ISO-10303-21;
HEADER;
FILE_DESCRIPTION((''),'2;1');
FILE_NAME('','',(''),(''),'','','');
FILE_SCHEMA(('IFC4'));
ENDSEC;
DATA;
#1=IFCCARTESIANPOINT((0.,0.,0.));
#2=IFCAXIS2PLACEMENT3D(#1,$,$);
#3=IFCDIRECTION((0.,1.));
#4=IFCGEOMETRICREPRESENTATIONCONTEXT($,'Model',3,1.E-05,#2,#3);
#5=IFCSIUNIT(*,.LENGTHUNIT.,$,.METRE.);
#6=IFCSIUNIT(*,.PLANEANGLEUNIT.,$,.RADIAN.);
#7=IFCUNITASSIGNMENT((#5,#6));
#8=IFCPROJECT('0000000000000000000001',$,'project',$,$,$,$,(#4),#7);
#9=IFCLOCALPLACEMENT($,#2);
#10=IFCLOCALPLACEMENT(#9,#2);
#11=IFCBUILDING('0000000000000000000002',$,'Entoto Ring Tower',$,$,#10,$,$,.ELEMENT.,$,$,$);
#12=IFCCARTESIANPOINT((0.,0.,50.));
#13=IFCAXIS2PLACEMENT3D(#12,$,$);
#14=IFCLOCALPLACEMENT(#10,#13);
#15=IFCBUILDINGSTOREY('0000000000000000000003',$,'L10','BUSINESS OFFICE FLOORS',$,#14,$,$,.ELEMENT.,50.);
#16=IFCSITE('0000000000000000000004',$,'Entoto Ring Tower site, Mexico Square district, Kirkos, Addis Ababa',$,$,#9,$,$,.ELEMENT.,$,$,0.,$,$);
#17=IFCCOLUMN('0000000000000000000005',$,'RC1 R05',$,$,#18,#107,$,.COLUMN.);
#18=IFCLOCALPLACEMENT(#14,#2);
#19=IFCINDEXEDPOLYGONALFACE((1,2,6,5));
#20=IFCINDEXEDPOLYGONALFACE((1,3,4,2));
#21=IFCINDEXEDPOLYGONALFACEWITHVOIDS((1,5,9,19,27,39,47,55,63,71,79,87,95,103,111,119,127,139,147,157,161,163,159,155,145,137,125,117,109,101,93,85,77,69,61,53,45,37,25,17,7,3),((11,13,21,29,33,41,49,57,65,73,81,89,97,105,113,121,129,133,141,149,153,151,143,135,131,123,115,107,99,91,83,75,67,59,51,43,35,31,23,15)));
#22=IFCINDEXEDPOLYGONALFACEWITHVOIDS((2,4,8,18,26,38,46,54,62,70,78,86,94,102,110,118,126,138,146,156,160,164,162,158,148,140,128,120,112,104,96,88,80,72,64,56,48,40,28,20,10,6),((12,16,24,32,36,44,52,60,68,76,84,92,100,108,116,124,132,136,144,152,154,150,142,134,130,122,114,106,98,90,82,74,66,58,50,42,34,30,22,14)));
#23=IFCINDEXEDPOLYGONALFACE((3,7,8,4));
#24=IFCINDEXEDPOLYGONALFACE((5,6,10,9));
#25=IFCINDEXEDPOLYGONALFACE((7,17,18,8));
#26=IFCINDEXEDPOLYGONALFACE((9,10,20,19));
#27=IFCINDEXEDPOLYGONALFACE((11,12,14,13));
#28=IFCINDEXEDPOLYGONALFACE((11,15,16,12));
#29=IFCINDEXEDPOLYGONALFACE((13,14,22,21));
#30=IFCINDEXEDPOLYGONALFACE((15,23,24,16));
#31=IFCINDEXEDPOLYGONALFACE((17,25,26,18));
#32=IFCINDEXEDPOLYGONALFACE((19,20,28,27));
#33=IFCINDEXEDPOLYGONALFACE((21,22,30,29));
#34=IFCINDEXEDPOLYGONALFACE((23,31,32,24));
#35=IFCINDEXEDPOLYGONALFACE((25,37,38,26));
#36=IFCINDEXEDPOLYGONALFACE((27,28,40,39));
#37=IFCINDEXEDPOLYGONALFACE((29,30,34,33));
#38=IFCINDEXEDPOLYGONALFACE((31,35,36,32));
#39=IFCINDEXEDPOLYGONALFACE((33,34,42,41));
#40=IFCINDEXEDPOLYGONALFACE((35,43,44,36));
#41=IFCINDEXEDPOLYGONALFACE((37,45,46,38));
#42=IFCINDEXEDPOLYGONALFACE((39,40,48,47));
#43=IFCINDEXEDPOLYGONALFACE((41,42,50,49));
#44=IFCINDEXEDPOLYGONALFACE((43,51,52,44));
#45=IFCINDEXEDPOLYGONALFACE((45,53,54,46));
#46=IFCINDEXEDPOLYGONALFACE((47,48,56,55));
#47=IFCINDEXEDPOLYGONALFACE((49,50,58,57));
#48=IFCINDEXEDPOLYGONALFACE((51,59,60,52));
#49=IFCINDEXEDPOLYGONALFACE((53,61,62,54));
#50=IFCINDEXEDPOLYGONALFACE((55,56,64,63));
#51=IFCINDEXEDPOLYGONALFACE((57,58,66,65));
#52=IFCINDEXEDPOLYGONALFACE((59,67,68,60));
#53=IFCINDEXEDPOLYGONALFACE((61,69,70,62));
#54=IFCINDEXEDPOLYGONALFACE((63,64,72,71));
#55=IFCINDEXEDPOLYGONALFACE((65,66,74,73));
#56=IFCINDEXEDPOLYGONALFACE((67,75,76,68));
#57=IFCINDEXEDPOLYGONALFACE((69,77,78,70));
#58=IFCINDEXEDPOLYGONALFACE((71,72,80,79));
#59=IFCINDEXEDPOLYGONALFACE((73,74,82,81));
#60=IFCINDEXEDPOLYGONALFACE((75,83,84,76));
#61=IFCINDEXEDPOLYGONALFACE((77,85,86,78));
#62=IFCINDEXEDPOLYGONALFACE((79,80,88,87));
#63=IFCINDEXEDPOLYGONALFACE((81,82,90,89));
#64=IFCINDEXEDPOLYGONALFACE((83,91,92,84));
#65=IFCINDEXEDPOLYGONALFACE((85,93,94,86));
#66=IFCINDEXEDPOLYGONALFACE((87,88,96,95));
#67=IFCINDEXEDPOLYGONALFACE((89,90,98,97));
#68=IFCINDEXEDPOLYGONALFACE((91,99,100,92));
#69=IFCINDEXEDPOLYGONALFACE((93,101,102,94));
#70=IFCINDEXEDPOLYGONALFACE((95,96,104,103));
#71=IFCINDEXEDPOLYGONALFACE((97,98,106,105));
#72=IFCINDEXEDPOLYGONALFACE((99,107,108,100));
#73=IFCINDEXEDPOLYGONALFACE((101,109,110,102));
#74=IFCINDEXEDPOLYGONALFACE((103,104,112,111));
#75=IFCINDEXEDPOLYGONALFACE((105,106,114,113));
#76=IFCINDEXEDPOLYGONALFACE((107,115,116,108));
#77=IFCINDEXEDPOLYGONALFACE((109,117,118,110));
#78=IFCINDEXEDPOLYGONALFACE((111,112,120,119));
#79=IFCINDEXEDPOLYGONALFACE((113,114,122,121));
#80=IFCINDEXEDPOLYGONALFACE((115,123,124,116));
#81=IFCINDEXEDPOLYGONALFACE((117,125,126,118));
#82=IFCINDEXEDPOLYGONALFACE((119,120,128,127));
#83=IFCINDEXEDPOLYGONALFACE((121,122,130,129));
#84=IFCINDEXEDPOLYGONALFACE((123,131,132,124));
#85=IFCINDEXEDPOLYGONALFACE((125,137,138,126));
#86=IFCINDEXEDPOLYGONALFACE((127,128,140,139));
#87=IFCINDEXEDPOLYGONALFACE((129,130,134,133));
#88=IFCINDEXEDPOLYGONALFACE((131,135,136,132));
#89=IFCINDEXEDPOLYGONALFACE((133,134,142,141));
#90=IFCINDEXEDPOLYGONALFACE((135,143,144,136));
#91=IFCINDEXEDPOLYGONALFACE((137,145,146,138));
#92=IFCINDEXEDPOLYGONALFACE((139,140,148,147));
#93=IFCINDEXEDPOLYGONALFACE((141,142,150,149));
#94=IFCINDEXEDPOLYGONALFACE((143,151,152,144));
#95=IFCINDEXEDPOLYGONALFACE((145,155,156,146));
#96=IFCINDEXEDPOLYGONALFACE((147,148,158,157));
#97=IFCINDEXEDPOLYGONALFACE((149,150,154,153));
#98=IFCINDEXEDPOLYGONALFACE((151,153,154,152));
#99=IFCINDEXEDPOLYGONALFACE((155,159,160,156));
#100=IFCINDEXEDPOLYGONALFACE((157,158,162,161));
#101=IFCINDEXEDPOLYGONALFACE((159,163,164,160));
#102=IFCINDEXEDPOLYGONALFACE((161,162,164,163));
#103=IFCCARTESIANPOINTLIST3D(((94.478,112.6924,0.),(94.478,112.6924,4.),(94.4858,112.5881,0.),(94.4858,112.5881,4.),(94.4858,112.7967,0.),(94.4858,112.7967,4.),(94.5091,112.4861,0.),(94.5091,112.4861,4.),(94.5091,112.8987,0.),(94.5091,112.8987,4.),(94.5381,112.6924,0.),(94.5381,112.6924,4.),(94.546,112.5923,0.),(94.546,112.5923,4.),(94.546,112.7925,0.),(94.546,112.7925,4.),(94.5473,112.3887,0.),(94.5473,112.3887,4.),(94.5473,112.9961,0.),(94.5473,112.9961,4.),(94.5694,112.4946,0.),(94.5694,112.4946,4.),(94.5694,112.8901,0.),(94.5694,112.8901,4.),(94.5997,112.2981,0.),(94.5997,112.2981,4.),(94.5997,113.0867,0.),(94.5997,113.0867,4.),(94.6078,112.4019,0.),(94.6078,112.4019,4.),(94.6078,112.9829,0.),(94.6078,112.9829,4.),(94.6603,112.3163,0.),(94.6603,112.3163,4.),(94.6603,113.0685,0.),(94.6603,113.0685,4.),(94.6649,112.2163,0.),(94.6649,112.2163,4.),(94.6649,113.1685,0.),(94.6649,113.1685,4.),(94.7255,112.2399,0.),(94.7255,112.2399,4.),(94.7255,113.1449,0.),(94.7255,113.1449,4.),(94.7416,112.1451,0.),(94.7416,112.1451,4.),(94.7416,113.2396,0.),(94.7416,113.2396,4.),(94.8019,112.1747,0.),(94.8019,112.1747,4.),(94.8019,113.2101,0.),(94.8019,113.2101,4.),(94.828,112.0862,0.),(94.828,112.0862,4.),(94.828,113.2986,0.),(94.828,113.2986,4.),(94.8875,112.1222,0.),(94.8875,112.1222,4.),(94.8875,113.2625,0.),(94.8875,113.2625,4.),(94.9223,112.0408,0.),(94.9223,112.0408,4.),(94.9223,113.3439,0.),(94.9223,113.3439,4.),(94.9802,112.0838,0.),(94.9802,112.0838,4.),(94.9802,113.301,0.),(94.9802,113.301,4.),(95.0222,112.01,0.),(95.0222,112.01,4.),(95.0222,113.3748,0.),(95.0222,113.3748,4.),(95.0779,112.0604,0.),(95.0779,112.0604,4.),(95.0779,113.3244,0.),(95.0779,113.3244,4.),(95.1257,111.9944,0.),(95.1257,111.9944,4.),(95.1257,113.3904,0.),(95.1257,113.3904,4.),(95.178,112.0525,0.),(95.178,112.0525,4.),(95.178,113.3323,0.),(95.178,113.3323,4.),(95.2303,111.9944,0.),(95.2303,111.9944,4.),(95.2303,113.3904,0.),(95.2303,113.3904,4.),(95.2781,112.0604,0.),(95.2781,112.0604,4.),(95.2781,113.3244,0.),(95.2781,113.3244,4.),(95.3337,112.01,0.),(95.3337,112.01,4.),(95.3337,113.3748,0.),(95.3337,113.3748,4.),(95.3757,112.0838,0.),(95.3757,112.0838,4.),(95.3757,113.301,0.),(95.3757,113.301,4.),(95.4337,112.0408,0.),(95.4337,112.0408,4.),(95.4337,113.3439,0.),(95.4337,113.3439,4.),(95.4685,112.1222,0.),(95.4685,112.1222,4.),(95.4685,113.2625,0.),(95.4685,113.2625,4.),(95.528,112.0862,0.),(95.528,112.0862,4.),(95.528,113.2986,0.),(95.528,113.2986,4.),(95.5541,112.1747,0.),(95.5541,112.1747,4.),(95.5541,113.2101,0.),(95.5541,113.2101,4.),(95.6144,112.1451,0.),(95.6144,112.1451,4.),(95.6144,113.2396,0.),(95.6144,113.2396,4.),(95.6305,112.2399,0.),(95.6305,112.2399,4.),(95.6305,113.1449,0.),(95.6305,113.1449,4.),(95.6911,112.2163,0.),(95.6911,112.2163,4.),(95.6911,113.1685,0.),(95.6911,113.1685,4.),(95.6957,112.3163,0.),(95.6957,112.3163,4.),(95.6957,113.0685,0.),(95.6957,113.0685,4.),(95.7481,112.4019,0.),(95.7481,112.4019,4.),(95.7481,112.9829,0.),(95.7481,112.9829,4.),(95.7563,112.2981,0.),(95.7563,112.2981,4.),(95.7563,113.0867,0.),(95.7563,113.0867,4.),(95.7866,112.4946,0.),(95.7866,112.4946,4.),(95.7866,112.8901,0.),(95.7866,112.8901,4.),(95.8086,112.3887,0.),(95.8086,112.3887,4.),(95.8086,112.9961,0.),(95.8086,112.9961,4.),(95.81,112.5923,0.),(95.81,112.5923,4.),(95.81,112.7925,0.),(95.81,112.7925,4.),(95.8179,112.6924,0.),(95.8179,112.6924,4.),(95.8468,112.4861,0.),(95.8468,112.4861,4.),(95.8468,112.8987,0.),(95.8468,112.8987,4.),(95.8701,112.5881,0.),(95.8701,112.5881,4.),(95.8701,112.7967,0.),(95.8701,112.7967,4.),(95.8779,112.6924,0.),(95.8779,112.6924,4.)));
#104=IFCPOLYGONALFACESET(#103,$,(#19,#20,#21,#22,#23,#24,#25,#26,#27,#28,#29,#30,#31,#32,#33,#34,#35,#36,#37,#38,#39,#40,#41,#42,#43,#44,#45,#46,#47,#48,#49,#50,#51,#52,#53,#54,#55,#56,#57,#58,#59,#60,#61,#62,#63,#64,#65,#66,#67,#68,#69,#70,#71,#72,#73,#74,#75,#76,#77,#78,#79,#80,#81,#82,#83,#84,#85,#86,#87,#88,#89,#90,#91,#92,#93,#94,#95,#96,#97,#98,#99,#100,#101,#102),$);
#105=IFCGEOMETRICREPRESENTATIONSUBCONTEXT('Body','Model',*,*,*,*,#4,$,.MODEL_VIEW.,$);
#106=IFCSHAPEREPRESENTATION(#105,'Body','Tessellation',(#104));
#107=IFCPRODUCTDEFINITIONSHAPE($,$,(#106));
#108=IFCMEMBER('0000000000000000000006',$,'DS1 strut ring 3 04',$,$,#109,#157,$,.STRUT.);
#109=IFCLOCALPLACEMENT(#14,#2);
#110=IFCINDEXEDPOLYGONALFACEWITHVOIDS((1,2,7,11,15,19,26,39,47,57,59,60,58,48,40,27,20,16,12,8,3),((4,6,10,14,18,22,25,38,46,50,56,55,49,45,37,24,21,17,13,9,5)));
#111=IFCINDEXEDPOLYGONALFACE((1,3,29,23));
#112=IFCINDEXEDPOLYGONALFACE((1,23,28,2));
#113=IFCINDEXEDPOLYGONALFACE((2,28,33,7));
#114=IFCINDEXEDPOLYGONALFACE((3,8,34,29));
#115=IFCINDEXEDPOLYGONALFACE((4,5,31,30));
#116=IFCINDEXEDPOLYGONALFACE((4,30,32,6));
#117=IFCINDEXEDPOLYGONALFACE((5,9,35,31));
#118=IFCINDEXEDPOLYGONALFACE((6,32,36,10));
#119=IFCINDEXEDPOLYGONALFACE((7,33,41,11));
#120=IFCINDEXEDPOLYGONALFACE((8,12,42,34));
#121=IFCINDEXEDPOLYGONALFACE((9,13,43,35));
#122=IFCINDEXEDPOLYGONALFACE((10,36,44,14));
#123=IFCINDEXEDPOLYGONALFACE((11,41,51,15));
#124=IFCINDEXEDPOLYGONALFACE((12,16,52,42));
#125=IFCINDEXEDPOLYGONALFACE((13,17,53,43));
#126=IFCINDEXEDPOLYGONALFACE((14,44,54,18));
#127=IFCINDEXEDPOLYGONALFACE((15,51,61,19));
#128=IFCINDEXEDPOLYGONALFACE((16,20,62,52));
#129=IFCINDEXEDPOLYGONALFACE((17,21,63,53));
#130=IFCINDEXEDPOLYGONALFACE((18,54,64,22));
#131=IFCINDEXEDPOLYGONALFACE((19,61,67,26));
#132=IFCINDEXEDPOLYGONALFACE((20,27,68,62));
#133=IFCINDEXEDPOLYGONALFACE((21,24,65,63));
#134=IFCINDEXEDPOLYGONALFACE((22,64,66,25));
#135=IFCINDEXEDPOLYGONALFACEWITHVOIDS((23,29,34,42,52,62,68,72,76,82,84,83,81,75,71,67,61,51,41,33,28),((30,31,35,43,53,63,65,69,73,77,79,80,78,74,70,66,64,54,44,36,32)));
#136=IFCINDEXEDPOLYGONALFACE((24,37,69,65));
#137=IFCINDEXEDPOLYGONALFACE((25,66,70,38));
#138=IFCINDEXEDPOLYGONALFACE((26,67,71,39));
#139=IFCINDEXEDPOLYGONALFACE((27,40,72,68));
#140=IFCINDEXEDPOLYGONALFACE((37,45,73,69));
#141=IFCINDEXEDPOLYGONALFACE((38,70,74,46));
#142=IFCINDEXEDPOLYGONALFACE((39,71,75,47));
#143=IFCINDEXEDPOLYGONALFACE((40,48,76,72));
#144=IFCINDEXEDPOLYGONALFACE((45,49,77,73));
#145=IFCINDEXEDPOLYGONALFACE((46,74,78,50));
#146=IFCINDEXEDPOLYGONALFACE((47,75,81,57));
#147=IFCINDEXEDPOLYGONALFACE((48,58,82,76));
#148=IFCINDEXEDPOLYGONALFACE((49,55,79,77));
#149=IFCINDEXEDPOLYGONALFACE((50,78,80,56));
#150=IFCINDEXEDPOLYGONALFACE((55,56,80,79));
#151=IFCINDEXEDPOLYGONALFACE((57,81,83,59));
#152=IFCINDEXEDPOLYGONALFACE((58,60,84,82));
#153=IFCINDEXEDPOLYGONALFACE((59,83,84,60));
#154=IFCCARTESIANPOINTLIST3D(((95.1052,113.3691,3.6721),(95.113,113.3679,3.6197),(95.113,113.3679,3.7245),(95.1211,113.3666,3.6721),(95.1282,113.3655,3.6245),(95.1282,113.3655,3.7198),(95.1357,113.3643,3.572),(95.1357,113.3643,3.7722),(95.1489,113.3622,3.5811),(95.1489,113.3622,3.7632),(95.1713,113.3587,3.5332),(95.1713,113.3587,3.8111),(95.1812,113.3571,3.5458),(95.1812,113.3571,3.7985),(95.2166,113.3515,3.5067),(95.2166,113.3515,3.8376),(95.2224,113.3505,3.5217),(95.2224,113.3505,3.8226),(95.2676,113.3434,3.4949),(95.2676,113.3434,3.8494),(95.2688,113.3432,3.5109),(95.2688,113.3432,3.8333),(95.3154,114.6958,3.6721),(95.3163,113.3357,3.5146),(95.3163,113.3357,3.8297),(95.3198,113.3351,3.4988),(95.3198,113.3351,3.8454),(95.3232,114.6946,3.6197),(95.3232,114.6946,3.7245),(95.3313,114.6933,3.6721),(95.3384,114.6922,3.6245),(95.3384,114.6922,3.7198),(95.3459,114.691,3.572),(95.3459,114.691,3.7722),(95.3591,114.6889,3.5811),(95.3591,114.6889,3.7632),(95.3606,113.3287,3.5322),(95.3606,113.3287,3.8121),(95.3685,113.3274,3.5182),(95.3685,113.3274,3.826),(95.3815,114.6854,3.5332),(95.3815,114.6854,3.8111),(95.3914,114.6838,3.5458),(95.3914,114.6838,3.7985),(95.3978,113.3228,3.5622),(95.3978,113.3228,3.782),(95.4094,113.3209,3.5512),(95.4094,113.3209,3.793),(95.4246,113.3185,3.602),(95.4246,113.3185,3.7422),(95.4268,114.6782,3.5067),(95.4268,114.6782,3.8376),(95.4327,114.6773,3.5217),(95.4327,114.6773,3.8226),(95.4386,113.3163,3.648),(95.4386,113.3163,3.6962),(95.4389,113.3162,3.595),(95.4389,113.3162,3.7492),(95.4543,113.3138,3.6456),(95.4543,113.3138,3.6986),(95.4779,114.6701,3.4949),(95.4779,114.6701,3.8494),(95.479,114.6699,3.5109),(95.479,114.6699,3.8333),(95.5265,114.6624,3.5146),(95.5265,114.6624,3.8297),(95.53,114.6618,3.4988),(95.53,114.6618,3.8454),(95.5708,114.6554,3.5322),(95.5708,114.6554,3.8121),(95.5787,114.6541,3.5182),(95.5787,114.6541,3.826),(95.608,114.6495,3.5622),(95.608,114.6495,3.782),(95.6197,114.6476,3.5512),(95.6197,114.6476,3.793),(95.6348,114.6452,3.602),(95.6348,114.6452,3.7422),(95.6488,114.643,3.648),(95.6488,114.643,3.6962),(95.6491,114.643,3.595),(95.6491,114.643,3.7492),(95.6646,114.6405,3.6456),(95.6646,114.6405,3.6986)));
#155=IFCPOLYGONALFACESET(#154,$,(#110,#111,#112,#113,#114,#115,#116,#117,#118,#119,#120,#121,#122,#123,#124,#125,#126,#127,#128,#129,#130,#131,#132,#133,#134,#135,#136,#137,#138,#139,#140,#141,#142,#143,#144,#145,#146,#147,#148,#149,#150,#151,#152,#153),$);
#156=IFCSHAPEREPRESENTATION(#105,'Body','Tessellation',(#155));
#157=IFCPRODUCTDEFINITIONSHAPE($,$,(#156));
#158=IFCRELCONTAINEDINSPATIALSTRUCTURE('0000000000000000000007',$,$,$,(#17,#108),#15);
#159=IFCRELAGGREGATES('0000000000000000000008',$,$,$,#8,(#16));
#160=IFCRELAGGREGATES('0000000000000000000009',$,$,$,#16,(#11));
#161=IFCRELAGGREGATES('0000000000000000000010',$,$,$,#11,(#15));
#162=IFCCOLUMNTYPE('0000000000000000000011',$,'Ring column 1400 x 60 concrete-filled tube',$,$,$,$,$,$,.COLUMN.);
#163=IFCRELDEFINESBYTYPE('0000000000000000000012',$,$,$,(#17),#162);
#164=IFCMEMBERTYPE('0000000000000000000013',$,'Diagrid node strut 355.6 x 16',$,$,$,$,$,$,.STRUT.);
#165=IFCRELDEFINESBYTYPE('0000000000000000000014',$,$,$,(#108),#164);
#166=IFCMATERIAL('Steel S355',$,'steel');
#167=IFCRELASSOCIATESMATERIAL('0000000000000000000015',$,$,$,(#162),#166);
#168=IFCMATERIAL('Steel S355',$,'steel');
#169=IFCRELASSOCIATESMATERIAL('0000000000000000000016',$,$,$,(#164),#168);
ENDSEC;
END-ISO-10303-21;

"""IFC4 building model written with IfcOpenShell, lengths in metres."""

from ifc_helpers import new_model, si_unit, direction, frame, origin, origin_2d, place, context, subcontext, project, spatial, circle, hollow_circle, extrude, material, material_profile, profile_set, type_object, element, save


model = new_model("IFC4")

# Units and contexts
model_context = context("Model", 3, precision=1e-05, world=origin(), true_north=direction((0.0, 1.0)))
body_context = subcontext(model_context, "Body", "Model", "MODEL_VIEW")
ifc_project = project(units=[si_unit("LENGTHUNIT", "METRE"), si_unit("PLANEANGLEUNIT", "RADIAN")], contexts=[model_context])

# Site, building, storey
site_placement = place(None, origin())
site = spatial("IfcSite", under=ifc_project, at=site_placement, Name="Entoto Ring Tower site, Mexico Square district, Kirkos, Addis Ababa", CompositionType="ELEMENT", RefElevation=0.0)
building_placement = place(site_placement, origin())
building = spatial("IfcBuilding", under=site, at=building_placement, Name="Entoto Ring Tower", CompositionType="ELEMENT")
storey_placement = place(building_placement, frame((0.0, 0.0, 50.0)))
storey = spatial("IfcBuildingStorey", under=building, at=storey_placement, Name="L10", Description="BUSINESS OFFICE FLOORS", CompositionType="ELEMENT", Elevation=50.0)

# Column
ifc_material_1 = material(Name="Steel S355", Category="steel")
ifc_material_profile_1 = material_profile(ifc_material_1, hollow_circle(Radius=0.7, WallThickness=0.0601, at=origin_2d()), Name="CHS 1400 x 60")
ifc_material_2 = material(Name="Concrete C60/75", Category="concrete")
ifc_material_profile_2 = material_profile(ifc_material_2, circle(Radius=0.6399, at=origin_2d()), Name="Concrete C60/75 infill")
ifc_profile_set_1 = profile_set([ifc_material_profile_1, ifc_material_profile_2], Name="Steel S355")
column_type = type_object("IfcColumnType", Name="Ring column 1400 x 60 concrete-filled tube", PredefinedType="COLUMN", material=ifc_profile_set_1)
column_placement = place(storey_placement, frame((95.178, 112.6924, 0.0), z_axis=(0.0, 0.0, 1.0), x_axis=(1.0, 0.0, 0.0)))
element("IfcColumn", 1, at=column_placement, inside=storey, type_object=column_type, Name="RC1 R05", PredefinedType="COLUMN", context=body_context, shape_type="SweptSolid", body=[
    extrude(hollow_circle(Radius=0.7, WallThickness=0.0601, at=origin_2d()), origin(), (0.0, 0.0, 1.0), 4.0),
])

# Member
ifc_material_3 = material(Name="Steel S355", Category="steel")
ifc_material_profile_3 = material_profile(ifc_material_3, hollow_circle(Radius=0.1777, WallThickness=0.0161, at=origin_2d()), Name="CHS 355.6 x 16")
ifc_material_4 = material(Name="Concrete C60/75", Category="concrete")
ifc_material_profile_4 = material_profile(ifc_material_4, circle(Radius=0.1619, at=origin_2d()), Name="Concrete C60/75 infill")
ifc_profile_set_2 = profile_set([ifc_material_profile_3, ifc_material_profile_4], Name="Steel S355")
member_type = type_object("IfcMemberType", Name="Diagrid node strut 355.6 x 16", PredefinedType="STRUT", material=ifc_profile_set_2)
member_placement = place(storey_placement, frame((95.2808, 113.3413, 3.6721), z_axis=(0.156495, 0.987679, 0.0), x_axis=(-0.987679, 0.156495, 0.0)))
element("IfcMember", 2, at=member_placement, inside=storey, type_object=member_type, Name="DS1 strut ring 3 04", PredefinedType="STRUT", context=body_context, shape_type="SweptSolid", body=[
    extrude(hollow_circle(Radius=0.1777, WallThickness=0.0161, at=origin_2d()), origin(), (0.0, 0.0, 1.0), 1.3433),
])

save(model, "model.ifc")
